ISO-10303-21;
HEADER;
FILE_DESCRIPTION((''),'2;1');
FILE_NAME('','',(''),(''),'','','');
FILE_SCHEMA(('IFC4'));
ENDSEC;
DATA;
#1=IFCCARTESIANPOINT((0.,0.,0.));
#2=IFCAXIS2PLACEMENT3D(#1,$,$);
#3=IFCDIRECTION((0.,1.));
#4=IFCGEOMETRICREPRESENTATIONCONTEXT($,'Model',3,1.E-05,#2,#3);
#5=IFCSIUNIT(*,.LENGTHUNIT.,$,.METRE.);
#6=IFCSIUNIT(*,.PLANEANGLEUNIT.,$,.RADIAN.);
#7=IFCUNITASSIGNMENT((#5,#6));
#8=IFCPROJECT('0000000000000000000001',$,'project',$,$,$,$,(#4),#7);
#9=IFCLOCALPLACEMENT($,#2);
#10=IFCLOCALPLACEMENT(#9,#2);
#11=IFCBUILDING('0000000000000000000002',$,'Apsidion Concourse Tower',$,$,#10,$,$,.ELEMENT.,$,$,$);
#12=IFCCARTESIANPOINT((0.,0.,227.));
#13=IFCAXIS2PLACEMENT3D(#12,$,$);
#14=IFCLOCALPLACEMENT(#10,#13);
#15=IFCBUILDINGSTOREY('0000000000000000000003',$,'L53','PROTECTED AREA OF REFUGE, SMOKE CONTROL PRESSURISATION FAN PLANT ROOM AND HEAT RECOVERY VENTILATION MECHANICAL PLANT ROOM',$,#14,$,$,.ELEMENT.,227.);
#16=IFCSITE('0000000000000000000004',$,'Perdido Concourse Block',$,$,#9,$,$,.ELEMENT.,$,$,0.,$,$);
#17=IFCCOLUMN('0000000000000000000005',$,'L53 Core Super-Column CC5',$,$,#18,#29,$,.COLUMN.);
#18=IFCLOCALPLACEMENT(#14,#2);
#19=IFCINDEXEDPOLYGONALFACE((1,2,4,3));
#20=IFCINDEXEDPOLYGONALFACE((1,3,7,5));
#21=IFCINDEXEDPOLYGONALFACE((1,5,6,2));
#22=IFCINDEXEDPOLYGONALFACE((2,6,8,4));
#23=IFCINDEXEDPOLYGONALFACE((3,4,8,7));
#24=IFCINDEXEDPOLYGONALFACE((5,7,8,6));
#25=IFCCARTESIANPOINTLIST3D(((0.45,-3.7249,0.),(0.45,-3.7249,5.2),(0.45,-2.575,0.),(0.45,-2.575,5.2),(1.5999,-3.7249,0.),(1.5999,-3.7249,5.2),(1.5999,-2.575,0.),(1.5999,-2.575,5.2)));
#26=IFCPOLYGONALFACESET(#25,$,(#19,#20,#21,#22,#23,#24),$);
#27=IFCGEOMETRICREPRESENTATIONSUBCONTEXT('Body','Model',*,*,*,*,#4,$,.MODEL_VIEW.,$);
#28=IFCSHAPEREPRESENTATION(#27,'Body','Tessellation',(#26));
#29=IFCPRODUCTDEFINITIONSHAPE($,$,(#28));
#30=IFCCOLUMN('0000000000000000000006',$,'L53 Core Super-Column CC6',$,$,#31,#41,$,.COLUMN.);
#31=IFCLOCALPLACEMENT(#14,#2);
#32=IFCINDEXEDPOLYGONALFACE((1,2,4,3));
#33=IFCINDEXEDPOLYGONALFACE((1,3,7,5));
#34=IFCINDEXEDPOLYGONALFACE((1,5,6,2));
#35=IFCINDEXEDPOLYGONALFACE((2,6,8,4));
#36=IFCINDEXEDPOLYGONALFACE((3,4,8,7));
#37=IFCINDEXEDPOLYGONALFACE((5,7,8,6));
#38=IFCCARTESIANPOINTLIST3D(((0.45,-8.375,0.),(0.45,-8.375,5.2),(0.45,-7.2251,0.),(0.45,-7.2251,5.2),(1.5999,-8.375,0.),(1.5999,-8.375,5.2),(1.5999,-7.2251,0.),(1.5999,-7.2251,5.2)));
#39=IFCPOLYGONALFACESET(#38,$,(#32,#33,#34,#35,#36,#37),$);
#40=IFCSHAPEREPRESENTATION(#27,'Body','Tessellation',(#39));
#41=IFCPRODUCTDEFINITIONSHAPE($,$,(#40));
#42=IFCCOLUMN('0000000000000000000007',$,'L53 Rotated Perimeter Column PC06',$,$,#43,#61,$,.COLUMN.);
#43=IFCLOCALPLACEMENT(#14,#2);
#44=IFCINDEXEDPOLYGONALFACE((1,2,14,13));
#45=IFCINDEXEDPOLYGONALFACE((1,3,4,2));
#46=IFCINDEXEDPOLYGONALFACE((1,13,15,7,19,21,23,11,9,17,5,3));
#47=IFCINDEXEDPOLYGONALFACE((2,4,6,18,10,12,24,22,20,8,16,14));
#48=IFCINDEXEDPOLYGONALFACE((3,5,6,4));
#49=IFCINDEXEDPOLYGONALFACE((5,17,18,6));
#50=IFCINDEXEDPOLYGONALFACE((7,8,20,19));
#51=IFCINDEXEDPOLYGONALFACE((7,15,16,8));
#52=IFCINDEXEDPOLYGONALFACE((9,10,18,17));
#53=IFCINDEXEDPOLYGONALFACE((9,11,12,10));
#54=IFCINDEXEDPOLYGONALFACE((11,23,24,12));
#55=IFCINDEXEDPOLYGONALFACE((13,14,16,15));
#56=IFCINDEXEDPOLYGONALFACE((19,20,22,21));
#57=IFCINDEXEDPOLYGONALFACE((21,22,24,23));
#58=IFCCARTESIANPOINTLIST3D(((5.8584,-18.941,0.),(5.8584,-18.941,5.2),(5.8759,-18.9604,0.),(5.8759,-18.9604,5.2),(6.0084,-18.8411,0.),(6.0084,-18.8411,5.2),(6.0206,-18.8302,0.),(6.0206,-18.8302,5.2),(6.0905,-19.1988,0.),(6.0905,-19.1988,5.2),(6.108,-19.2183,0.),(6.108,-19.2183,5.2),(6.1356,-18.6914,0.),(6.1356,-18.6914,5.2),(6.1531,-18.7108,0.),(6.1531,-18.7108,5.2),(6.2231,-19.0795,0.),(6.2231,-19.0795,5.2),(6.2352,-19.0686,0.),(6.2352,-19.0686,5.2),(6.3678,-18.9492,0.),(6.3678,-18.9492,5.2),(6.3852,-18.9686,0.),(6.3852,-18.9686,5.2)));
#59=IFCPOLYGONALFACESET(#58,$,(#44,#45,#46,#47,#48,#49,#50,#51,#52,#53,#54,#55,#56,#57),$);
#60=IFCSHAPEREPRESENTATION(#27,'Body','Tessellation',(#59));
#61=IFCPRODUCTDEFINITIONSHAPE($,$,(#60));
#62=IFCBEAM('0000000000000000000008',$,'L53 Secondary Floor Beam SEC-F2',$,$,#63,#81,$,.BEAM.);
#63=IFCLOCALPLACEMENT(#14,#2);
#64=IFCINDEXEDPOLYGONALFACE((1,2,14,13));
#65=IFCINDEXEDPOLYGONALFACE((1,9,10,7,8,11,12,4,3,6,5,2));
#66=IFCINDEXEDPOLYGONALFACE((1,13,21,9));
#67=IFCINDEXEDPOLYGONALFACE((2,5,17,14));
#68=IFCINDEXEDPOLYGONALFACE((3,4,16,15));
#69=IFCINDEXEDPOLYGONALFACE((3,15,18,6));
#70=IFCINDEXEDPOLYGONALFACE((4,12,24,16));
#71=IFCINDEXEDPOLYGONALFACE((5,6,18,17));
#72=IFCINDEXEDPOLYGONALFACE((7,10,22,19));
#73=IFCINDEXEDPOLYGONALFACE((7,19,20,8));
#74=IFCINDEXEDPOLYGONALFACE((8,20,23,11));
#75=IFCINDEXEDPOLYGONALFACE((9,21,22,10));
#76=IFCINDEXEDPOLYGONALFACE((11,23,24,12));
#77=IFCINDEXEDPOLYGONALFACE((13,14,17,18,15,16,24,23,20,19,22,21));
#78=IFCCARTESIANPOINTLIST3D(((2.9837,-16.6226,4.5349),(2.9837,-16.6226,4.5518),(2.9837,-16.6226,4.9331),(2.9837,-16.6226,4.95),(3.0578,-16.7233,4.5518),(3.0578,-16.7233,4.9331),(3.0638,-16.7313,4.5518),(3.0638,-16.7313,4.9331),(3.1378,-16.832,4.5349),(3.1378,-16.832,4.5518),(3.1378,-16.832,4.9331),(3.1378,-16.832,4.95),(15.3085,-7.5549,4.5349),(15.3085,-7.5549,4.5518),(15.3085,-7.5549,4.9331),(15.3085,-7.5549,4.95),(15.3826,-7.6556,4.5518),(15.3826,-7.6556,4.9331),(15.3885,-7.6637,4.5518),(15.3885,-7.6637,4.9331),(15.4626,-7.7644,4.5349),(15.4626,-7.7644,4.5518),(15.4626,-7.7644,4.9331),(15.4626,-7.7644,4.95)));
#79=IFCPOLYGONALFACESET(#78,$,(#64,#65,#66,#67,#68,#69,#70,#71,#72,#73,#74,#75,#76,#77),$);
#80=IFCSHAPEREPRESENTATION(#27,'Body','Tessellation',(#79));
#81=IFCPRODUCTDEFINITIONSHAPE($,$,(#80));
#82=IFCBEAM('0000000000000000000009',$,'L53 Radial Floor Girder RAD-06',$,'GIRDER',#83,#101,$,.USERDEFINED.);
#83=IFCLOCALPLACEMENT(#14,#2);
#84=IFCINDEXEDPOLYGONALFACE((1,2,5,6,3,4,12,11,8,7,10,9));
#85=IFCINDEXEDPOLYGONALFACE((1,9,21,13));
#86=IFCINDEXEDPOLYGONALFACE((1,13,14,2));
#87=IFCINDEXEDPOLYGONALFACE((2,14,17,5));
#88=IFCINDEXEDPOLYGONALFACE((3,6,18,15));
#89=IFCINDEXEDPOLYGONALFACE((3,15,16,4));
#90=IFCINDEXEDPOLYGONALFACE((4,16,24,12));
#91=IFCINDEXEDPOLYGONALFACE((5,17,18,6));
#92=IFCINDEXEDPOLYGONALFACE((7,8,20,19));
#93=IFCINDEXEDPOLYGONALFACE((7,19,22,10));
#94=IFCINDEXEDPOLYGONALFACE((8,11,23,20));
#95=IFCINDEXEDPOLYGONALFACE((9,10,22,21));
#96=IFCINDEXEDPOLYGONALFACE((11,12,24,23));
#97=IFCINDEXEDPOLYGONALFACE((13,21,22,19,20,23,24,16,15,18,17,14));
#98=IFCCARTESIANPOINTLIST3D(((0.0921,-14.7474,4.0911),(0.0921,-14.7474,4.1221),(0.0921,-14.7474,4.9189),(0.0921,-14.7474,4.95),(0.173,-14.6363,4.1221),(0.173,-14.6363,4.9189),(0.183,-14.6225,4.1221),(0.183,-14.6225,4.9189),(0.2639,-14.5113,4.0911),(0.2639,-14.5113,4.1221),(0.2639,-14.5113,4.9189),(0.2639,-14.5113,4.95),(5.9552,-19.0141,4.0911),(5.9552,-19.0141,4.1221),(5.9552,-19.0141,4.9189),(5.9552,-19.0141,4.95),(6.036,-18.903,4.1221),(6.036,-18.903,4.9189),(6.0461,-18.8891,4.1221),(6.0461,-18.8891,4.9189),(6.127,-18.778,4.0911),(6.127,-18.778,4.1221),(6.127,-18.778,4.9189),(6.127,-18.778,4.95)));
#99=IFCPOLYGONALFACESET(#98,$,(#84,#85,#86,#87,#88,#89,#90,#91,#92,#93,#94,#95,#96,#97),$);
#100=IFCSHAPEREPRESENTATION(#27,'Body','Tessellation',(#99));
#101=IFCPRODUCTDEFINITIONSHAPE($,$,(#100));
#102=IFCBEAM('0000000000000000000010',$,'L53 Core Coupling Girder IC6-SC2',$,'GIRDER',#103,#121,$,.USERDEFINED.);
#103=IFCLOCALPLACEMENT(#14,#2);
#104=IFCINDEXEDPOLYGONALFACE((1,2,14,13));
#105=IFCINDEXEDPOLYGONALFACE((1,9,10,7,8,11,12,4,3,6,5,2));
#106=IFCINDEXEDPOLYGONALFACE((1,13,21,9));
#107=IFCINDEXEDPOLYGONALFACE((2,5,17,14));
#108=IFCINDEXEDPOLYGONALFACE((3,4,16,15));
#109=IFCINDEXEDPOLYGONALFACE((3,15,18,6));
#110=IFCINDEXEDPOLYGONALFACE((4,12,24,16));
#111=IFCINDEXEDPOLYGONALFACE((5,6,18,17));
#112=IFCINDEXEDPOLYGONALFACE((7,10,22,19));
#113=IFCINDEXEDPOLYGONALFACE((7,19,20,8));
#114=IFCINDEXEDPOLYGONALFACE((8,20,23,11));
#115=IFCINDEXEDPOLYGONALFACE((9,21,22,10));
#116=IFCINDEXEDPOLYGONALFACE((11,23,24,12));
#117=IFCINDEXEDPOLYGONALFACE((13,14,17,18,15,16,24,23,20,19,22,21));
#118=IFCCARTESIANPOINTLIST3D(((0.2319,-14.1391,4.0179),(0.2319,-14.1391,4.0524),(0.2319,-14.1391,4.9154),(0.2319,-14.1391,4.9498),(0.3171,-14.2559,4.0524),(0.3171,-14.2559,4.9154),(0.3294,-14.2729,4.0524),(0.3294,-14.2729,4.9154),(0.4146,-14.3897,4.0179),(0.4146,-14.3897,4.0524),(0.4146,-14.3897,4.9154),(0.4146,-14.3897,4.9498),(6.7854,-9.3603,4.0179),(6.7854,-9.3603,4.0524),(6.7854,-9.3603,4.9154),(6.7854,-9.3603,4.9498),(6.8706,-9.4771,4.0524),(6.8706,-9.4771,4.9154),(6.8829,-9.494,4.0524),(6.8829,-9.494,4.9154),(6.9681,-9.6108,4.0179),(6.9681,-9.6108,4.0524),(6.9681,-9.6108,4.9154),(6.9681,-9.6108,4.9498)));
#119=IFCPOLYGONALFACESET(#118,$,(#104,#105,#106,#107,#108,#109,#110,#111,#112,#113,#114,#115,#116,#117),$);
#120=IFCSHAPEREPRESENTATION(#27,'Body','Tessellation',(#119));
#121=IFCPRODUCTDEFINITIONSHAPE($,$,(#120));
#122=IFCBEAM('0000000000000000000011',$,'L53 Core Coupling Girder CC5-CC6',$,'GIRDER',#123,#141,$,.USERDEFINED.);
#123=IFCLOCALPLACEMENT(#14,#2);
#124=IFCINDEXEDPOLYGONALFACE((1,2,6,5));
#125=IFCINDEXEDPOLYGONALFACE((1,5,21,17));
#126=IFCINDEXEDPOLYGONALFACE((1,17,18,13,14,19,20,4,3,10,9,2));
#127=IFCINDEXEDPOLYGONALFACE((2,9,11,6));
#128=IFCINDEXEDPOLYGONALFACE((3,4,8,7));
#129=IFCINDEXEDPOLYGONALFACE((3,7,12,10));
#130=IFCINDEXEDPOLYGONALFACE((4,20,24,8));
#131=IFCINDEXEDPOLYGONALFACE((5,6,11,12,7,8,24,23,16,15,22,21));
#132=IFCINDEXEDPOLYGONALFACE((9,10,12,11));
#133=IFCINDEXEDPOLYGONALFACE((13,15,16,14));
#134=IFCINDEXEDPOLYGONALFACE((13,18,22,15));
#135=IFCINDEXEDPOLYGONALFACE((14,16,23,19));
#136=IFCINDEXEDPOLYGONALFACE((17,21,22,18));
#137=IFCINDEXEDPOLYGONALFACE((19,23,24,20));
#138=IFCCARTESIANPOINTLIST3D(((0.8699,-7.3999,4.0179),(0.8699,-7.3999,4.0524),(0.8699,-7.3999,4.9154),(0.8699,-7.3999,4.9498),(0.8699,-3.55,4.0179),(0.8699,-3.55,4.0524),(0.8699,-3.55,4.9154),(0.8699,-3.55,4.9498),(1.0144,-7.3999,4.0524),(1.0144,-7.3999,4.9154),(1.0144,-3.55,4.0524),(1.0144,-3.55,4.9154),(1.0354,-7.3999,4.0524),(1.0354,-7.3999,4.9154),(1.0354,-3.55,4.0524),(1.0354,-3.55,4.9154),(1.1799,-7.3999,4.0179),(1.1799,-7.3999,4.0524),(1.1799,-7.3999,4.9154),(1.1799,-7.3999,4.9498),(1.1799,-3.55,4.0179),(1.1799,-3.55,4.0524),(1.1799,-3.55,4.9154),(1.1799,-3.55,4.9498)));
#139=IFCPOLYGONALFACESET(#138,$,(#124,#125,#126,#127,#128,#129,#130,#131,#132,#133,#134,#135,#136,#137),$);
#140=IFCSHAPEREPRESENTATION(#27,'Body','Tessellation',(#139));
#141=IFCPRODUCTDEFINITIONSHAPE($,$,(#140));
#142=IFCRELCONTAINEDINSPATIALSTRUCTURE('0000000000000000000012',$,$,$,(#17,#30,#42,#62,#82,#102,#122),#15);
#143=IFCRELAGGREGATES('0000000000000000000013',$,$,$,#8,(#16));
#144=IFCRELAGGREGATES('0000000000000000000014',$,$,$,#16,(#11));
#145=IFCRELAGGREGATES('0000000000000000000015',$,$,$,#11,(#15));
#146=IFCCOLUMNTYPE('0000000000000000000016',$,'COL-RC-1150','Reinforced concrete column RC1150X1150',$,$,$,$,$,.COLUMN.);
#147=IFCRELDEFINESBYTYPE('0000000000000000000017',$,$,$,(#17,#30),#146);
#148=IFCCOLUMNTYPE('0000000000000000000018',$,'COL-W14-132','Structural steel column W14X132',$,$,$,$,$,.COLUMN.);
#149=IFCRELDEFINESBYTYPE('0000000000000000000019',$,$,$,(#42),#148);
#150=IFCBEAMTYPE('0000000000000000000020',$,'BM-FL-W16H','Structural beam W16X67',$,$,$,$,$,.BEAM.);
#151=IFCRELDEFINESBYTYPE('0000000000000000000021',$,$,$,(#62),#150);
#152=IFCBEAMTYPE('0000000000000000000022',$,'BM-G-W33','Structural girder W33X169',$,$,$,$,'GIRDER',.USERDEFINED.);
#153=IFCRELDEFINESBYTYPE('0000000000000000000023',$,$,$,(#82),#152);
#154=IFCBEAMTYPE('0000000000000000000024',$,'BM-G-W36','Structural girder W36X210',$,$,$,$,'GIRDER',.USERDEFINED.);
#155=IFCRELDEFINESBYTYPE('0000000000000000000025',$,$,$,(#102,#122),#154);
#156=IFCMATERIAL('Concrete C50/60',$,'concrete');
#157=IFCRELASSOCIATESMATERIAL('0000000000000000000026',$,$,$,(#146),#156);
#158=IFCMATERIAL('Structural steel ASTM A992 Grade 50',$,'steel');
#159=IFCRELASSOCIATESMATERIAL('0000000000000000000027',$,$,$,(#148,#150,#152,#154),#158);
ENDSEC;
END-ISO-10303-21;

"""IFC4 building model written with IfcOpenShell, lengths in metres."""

from ifc_helpers import new_model, si_unit, direction, frame, origin, origin_2d, place, context, subcontext, project, spatial, rectangle, i_section, extrude, material, material_profile, profile_set, type_object, element, save


model = new_model("IFC4")

# Units and contexts
model_context = context("Model", 3, precision=1e-05, world=origin(), true_north=direction((0.0, 1.0)))
body_context = subcontext(model_context, "Body", "Model", "MODEL_VIEW")
ifc_project = project(units=[si_unit("LENGTHUNIT", "METRE"), si_unit("PLANEANGLEUNIT", "RADIAN")], contexts=[model_context])

# Site, building, storey
site_placement = place(None, origin())
site = spatial("IfcSite", under=ifc_project, at=site_placement, Name="Perdido Concourse Block", CompositionType="ELEMENT", RefElevation=0.0)
building_placement = place(site_placement, origin())
building = spatial("IfcBuilding", under=site, at=building_placement, Name="Apsidion Concourse Tower", CompositionType="ELEMENT")
storey_placement = place(building_placement, frame((0.0, 0.0, 227.0)))
storey = spatial("IfcBuildingStorey", under=building, at=storey_placement, Name="L53", Description="PROTECTED AREA OF REFUGE, SMOKE CONTROL PRESSURISATION FAN PLANT ROOM AND HEAT RECOVERY VENTILATION MECHANICAL PLANT ROOM", CompositionType="ELEMENT", Elevation=227.0)

# Columns
ifc_material_1 = material(Name="Concrete C50/60", Category="concrete")
ifc_material_profile_1 = material_profile(ifc_material_1, rectangle(XDim=1.1499, YDim=1.1499, at=origin_2d()), Name="RC 1150x1150")
ifc_profile_set_1 = profile_set([ifc_material_profile_1], Name="Concrete C50/60")
column_type_1 = type_object("IfcColumnType", Name="COL-RC-1150", Description="Reinforced concrete column RC1150X1150", PredefinedType="COLUMN", material=ifc_profile_set_1)
for number, where, z_axis, x_axis, name in (
    (1, (1.0249, -3.1499, 0.0), (0.0, 0.0, 1.0), (1.0, 0.0, 0.0), "L53 Core Super-Column CC5"),
    (2, (1.0249, -7.8, 0.0), (0.0, 0.0, 1.0), (1.0, 0.0, 0.0), "L53 Core Super-Column CC6"),
):
    element("IfcColumn", number, at=place(storey_placement, frame(where, z_axis=z_axis, x_axis=x_axis)), inside=storey, type_object=column_type_1, Name=name, PredefinedType="COLUMN", context=body_context, shape_type="SweptSolid", body=[
        extrude(rectangle(XDim=1.1499, YDim=1.1499, at=origin_2d()), origin(), (0.0, 0.0, 1.0), 5.2),
    ])
ifc_material_2 = material(Name="Structural steel ASTM A992 Grade 50", Category="steel")
ifc_material_profile_2 = material_profile(ifc_material_2, i_section(OverallWidth=0.373, OverallDepth=0.373, WebThickness=0.0164, FlangeThickness=0.0261, at=origin_2d()), Name="W14X132")
ifc_profile_set_2 = profile_set([ifc_material_profile_2], Name="Structural steel ASTM A992 Grade 50")
column_type_2 = type_object("IfcColumnType", Name="COL-W14-132", Description="Structural steel column W14X132", PredefinedType="COLUMN", material=ifc_profile_set_2)
column_placement = place(storey_placement, frame((6.1218, -18.9548, 0.0), z_axis=(0.0, 0.0, 1.0), x_axis=(0.743145, 0.669131, 0.0)))
element("IfcColumn", 3, at=column_placement, inside=storey, type_object=column_type_2, Name="L53 Rotated Perimeter Column PC06", PredefinedType="COLUMN", context=body_context, shape_type="SweptSolid", body=[
    extrude(i_section(OverallWidth=0.373, OverallDepth=0.373, WebThickness=0.0164, FlangeThickness=0.0261, at=origin_2d()), origin(), (0.0, 0.0, 1.0), 5.2),
])

# Beams
ifc_material_profile_3 = material_profile(ifc_material_2, i_section(OverallWidth=0.26, OverallDepth=0.415, WebThickness=0.01, FlangeThickness=0.0168, at=origin_2d()), Name="W16X67")
ifc_profile_set_3 = profile_set([ifc_material_profile_3], Name="Structural steel ASTM A992 Grade 50")
beam_type_1 = type_object("IfcBeamType", Name="BM-FL-W16H", Description="Structural beam W16X67", PredefinedType="BEAM", material=ifc_profile_set_3)
beam_1_placement = place(storey_placement, frame((3.0608, -16.7273, 4.7424), z_axis=(0.805484, 0.592617, 0.0), x_axis=(-0.592617, 0.805484, 0.0)))
element("IfcBeam", 4, at=beam_1_placement, inside=storey, type_object=beam_type_1, Name="L53 Secondary Floor Beam SEC-F2", PredefinedType="BEAM", context=body_context, shape_type="SweptSolid", body=[
    extrude(i_section(OverallWidth=0.26, OverallDepth=0.415, WebThickness=0.01, FlangeThickness=0.0168, at=origin_2d()), origin(), (0.0, 0.0, 1.0), 15.301),
])
ifc_material_profile_4 = material_profile(ifc_material_2, i_section(OverallWidth=0.292, OverallDepth=0.8589, WebThickness=0.0171, FlangeThickness=0.031, at=origin_2d()), Name="W33X169")
ifc_profile_set_4 = profile_set([ifc_material_profile_4], Name="Structural steel ASTM A992 Grade 50")
beam_type_2 = type_object("IfcBeamType", Name="BM-G-W33", Description="Structural girder W33X169", ElementType="GIRDER", PredefinedType="USERDEFINED", material=ifc_profile_set_4)
beam_2_placement = place(storey_placement, frame((0.178, -14.6294, 4.5205), z_axis=(0.808567, -0.588404, 0.0), x_axis=(0.588404, 0.808567, 0.0)))
element("IfcBeam", 5, at=beam_2_placement, inside=storey, type_object=beam_type_2, Name="L53 Radial Floor Girder RAD-06", ObjectType="GIRDER", PredefinedType="USERDEFINED", context=body_context, shape_type="SweptSolid", body=[
    extrude(i_section(OverallWidth=0.292, OverallDepth=0.8589, WebThickness=0.0171, FlangeThickness=0.031, at=origin_2d()), origin(), (0.0, 0.0, 1.0), 7.2512),
])
ifc_material_profile_5 = material_profile(ifc_material_2, i_section(OverallWidth=0.3101, OverallDepth=0.9319, WebThickness=0.021, FlangeThickness=0.0344, at=origin_2d()), Name="W36X210")
ifc_profile_set_5 = profile_set([ifc_material_profile_5], Name="Structural steel ASTM A992 Grade 50")
beam_type_3 = type_object("IfcBeamType", Name="BM-G-W36", Description="Structural girder W36X210", ElementType="GIRDER", PredefinedType="USERDEFINED", material=ifc_profile_set_5)
beam_3_placement = place(storey_placement, frame((0.3232, -14.2644, 4.4839), z_axis=(0.807993, 0.589191, 0.0), x_axis=(-0.589191, 0.807993, 0.0)))
element("IfcBeam", 6, at=beam_3_placement, inside=storey, type_object=beam_type_3, Name="L53 Core Coupling Girder IC6-SC2", ObjectType="GIRDER", PredefinedType="USERDEFINED", context=body_context, shape_type="SweptSolid", body=[
    extrude(i_section(OverallWidth=0.3101, OverallDepth=0.9319, WebThickness=0.021, FlangeThickness=0.0344, at=origin_2d()), origin(), (0.0, 0.0, 1.0), 8.1108),
])
beam_4_placement = place(storey_placement, frame((1.0249, -3.55, 4.4839), z_axis=(0.0, -1.0, 0.0), x_axis=(1.0, 0.0, 0.0)))
element("IfcBeam", 7, at=beam_4_placement, inside=storey, type_object=beam_type_3, Name="L53 Core Coupling Girder CC5-CC6", ObjectType="GIRDER", PredefinedType="USERDEFINED", context=body_context, shape_type="SweptSolid", body=[
    extrude(i_section(OverallWidth=0.3101, OverallDepth=0.9319, WebThickness=0.021, FlangeThickness=0.0344, at=origin_2d()), origin(), (0.0, 0.0, 1.0), 3.8499),
])

save(model, "model.ifc")
